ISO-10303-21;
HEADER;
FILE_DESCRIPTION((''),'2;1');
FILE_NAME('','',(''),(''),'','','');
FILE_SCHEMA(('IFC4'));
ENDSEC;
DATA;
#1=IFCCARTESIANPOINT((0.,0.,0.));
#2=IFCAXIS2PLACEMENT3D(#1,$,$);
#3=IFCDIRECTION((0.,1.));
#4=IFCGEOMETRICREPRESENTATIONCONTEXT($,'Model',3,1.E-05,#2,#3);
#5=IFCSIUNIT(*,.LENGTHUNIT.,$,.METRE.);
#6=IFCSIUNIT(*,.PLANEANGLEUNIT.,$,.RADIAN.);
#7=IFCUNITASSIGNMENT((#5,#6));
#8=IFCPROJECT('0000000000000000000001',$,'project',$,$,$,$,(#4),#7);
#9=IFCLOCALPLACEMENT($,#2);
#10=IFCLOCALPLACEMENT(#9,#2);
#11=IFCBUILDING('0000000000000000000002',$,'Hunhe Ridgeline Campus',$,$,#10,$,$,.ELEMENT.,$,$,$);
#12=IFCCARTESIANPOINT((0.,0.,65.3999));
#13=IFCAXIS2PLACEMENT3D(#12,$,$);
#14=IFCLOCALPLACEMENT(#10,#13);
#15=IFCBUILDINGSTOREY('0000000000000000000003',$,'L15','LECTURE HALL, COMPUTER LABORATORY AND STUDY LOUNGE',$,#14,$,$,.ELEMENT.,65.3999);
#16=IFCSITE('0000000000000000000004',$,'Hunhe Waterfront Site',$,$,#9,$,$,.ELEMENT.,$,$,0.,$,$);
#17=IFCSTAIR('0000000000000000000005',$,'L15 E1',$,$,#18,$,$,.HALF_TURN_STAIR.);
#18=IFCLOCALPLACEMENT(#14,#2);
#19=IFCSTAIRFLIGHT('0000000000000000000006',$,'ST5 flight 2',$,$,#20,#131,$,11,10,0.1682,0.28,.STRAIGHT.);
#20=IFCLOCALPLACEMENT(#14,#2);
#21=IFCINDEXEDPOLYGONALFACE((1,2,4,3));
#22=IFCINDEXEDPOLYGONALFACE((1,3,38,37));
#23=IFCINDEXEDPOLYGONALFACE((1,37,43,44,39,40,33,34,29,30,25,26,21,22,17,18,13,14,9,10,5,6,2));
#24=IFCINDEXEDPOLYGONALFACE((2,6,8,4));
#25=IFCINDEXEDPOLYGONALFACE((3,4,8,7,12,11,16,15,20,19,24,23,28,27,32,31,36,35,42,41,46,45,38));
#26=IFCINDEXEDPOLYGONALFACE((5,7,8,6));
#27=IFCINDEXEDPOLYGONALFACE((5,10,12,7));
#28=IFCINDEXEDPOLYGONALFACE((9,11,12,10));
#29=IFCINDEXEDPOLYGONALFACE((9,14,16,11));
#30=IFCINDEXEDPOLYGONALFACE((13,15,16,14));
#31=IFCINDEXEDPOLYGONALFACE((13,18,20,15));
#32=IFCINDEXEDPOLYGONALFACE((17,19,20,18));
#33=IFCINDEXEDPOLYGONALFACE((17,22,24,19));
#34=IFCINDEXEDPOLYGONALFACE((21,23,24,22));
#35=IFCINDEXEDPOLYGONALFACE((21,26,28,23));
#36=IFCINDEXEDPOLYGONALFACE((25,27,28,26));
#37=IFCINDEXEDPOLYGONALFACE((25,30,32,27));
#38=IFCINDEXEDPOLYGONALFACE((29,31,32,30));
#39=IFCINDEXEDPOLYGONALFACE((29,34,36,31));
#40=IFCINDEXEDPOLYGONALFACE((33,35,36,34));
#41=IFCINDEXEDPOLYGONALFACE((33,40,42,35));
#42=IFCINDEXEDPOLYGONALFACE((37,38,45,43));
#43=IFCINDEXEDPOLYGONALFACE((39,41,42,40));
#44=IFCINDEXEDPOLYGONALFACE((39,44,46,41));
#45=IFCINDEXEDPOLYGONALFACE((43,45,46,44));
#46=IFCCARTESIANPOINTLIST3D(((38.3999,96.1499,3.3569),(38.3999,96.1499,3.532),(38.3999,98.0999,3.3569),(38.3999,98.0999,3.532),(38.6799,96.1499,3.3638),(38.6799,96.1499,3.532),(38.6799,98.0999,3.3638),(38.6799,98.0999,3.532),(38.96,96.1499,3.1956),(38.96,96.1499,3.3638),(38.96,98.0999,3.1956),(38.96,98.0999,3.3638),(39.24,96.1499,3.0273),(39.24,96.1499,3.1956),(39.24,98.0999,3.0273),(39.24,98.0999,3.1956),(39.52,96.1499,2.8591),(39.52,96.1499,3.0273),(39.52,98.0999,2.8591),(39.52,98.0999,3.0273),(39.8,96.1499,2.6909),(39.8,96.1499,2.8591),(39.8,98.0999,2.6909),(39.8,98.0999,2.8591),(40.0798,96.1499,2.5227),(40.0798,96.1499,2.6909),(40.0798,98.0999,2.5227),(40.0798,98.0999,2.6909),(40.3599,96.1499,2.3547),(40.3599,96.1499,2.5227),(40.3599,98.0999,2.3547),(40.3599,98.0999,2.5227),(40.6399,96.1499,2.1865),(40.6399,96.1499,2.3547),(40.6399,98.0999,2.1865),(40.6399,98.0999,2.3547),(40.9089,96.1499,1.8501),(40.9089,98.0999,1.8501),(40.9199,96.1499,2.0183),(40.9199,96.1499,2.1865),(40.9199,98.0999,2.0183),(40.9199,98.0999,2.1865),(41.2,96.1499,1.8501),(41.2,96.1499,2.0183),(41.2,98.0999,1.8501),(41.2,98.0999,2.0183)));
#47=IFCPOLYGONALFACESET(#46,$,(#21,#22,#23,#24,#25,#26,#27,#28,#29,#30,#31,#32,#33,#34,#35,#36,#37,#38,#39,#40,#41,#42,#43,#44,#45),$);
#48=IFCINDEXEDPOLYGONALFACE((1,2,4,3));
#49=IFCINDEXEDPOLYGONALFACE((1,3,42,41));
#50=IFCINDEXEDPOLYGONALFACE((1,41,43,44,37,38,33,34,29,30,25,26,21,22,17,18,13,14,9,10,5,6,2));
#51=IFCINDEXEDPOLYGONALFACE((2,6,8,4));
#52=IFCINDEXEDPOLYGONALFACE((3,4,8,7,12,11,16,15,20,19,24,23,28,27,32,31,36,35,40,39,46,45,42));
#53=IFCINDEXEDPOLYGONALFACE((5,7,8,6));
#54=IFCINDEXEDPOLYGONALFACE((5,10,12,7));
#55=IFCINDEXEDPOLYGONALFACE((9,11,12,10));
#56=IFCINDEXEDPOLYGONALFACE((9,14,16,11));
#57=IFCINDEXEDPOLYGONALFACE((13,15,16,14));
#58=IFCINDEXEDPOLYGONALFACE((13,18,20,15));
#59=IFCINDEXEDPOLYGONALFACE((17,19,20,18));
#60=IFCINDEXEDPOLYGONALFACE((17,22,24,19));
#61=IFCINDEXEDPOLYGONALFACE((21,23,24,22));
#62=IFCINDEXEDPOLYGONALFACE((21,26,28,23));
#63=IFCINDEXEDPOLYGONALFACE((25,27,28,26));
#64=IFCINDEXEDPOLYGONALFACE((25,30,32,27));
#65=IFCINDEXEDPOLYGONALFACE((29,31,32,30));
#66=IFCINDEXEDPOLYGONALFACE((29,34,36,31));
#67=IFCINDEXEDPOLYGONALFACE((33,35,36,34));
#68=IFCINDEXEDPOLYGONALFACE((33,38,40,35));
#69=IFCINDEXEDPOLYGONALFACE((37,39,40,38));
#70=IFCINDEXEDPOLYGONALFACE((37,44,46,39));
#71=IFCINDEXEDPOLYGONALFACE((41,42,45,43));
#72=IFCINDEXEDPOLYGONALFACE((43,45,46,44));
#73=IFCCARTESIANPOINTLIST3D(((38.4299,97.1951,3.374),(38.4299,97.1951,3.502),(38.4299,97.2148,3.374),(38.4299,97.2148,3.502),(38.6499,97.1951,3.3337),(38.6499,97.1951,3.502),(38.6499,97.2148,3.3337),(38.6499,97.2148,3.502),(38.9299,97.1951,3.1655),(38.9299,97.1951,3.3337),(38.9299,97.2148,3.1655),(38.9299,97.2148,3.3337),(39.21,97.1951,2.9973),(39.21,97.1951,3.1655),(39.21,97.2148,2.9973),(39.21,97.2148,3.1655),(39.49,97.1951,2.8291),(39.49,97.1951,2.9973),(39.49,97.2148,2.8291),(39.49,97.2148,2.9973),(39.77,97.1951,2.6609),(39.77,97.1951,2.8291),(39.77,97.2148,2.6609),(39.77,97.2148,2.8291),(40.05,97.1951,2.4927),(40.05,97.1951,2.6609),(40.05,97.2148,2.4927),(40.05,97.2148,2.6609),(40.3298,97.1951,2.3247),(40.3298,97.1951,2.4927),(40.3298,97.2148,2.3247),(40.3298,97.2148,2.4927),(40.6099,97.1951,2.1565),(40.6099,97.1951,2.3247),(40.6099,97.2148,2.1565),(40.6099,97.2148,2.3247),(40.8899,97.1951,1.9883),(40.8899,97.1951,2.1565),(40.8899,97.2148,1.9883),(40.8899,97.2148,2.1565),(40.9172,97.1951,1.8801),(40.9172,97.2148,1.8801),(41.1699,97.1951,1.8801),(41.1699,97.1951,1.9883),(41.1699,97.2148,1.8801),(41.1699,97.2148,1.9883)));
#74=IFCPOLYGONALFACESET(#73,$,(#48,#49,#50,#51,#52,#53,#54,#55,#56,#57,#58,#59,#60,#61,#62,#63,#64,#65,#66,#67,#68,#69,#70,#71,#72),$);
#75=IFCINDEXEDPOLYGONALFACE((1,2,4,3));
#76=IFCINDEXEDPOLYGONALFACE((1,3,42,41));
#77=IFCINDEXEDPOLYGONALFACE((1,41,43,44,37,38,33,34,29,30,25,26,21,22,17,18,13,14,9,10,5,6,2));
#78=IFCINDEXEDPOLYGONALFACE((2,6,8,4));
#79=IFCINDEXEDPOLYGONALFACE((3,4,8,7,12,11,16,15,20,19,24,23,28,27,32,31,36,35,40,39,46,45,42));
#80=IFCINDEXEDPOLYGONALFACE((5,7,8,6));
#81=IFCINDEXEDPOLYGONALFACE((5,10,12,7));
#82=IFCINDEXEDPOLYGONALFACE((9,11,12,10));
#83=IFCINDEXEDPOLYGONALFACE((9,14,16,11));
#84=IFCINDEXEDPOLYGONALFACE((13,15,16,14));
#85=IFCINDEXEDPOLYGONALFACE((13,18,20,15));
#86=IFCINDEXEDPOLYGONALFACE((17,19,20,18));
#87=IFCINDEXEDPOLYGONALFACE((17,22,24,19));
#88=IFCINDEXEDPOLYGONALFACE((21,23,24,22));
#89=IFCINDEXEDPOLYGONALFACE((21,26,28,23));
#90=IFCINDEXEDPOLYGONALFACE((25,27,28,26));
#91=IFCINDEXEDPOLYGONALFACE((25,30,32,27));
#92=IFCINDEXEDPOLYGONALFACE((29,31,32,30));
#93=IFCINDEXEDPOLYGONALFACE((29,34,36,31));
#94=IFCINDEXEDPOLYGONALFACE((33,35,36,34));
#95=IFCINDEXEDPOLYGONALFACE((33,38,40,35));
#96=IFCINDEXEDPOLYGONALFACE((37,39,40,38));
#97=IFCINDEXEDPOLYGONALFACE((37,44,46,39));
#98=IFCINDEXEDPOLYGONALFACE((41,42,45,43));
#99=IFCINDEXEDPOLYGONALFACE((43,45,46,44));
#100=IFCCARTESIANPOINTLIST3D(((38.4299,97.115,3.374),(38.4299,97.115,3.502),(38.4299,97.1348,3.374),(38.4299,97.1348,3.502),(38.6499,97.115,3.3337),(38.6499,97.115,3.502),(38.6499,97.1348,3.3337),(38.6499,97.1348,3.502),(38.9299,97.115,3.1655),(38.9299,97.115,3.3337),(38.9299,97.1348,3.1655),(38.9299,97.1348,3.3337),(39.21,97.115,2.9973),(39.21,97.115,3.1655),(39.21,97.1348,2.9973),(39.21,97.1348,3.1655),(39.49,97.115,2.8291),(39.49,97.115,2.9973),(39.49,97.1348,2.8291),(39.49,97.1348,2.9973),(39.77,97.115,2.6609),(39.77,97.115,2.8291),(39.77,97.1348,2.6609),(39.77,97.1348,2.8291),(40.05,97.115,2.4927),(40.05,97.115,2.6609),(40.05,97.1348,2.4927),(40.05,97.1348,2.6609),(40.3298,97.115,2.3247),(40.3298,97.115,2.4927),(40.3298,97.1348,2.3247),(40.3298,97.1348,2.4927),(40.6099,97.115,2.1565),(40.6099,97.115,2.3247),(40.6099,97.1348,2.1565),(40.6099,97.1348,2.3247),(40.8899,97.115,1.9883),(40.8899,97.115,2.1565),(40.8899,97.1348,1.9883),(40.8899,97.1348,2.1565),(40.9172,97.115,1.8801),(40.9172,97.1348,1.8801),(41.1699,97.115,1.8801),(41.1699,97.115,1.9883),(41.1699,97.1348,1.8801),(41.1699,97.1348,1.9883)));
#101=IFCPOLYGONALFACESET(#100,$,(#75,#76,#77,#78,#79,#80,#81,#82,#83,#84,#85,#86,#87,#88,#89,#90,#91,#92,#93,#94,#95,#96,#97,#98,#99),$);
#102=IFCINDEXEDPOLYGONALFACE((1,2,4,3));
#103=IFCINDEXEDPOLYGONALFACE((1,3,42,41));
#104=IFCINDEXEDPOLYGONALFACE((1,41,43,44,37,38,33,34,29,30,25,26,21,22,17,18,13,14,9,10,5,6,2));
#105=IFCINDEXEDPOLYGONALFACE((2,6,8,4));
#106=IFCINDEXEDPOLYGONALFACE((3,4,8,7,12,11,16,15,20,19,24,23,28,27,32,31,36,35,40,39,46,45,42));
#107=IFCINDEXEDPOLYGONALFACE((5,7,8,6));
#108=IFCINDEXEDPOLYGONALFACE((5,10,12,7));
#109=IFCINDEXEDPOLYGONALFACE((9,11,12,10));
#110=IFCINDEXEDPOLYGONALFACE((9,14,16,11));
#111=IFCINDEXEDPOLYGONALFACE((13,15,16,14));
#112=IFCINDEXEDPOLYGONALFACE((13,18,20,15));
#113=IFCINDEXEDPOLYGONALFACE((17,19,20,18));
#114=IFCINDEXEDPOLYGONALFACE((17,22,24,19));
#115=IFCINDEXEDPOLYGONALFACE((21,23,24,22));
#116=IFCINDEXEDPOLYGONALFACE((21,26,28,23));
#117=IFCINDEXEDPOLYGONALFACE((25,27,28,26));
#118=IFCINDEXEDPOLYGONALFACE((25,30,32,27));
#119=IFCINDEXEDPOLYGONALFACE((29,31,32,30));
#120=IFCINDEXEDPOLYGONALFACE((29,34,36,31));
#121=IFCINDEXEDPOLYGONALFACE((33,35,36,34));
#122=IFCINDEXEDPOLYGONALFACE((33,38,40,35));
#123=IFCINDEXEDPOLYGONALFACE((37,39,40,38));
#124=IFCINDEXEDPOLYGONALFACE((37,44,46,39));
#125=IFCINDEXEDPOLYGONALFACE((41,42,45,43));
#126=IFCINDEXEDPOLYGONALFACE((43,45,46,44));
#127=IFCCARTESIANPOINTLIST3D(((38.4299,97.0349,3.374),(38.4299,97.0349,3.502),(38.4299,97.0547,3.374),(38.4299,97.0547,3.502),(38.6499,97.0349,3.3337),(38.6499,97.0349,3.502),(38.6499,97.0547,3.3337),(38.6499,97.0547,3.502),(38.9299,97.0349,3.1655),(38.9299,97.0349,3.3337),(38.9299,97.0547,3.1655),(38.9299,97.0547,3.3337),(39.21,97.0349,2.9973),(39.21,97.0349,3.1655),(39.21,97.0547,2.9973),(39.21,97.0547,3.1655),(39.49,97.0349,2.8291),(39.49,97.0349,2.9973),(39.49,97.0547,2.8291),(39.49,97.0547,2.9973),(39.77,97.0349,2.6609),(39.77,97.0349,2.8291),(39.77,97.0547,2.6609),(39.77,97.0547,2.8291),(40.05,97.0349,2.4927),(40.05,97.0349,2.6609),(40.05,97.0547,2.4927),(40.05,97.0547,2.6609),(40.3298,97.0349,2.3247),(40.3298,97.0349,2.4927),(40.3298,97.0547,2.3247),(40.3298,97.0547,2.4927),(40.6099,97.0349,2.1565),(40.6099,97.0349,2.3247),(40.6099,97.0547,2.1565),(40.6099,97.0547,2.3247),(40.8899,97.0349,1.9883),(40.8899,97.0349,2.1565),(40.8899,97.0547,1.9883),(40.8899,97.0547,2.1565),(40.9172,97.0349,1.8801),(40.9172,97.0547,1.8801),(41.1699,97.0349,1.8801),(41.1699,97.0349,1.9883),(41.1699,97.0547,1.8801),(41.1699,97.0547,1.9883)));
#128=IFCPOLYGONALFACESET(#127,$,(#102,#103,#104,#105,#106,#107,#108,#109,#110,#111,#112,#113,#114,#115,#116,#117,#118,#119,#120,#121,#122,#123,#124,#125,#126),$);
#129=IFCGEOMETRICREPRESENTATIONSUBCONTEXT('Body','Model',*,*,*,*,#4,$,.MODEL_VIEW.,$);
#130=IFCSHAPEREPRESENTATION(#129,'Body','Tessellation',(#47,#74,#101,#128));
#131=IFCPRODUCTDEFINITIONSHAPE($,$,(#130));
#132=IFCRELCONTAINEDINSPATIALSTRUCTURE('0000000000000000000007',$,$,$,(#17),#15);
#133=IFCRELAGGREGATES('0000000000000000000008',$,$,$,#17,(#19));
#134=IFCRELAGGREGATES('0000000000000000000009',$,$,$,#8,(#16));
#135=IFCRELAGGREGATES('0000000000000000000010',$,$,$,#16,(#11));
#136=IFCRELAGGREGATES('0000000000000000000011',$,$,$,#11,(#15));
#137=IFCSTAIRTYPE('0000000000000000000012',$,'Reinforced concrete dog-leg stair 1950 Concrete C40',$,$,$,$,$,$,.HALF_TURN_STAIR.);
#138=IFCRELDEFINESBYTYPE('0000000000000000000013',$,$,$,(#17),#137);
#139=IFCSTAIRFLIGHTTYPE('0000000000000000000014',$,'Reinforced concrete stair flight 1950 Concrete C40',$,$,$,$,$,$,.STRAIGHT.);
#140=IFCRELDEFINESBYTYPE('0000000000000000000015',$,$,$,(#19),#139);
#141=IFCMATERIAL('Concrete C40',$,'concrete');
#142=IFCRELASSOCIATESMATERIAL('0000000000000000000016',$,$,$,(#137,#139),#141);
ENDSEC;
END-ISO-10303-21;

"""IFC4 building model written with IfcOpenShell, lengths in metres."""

from ifc_helpers import new_model, si_unit, direction, frame, origin, place, context, subcontext, project, spatial, polyline, outline, extrude, material, type_object, element, aggregate, save


model = new_model("IFC4")

# Units and contexts
model_context = context("Model", 3, precision=1e-05, world=origin(), true_north=direction((0.0, 1.0)))
body_context = subcontext(model_context, "Body", "Model", "MODEL_VIEW")
ifc_project = project(units=[si_unit("LENGTHUNIT", "METRE"), si_unit("PLANEANGLEUNIT", "RADIAN")], contexts=[model_context])

# Site, building, storey
site_placement = place(None, origin())
site = spatial("IfcSite", under=ifc_project, at=site_placement, Name="Hunhe Waterfront Site", CompositionType="ELEMENT", RefElevation=0.0)
building_placement = place(site_placement, origin())
building = spatial("IfcBuilding", under=site, at=building_placement, Name="Hunhe Ridgeline Campus", CompositionType="ELEMENT")
storey_placement = place(building_placement, frame((0.0, 0.0, 65.3999)))
storey = spatial("IfcBuildingStorey", under=building, at=storey_placement, Name="L15", Description="LECTURE HALL, COMPUTER LABORATORY AND STUDY LOUNGE", CompositionType="ELEMENT", Elevation=65.3999)

# Stair, stair flight
ifc_material_1 = material(Name="Concrete C40", Category="concrete")
stair_type = type_object("IfcStairType", Name="Reinforced concrete dog-leg stair 1950 Concrete C40", PredefinedType="HALF_TURN_STAIR", material=ifc_material_1)
stair_1_placement = place(storey_placement, origin())
stair_1 = element("IfcStair", 1, at=stair_1_placement, inside=storey, type_object=stair_type, Name="L15 E1", PredefinedType="HALF_TURN_STAIR")
stair_flight_type = type_object("IfcStairFlightType", Name="Reinforced concrete stair flight 1950 Concrete C40", PredefinedType="STRAIGHT", material=ifc_material_1)
stair_flight_1_placement = place(storey_placement, frame((41.2, 97.125, 1.8501), z_axis=(0.0, 0.0, 1.0), x_axis=(-1.0, 0.0, 0.0)))
stair_flight_1 = element("IfcStairFlight", 2, at=stair_flight_1_placement, type_object=stair_flight_type, Name="ST5 flight 2", NumberOfRisers=11, NumberOfTreads=10, PredefinedType="STRAIGHT", RiserHeight=0.1682, TreadLength=0.28, context=body_context, shape_type="SweptSolid", body=[
    extrude(outline(polyline([(0.0, 0.0), (0.0, 0.1682), (0.28, 0.1682), (0.28, 0.3364), (0.5601, 0.3364), (0.5601, 0.5046), (0.8401, 0.5046), (0.8401, 0.6726), (1.1201, 0.6726), (1.1201, 0.8408), (1.3999, 0.8408), (1.3999, 1.009), (1.6799, 1.009), (1.6799, 1.1772), (1.96, 1.1772), (1.96, 1.3455), (2.24, 1.3455), (2.24, 1.5137), (2.52, 1.5137), (2.52, 1.6819), (2.8, 1.6819), (2.8, 1.8501), (2.8, 1.5068), (0.291, 0.0), (0.0, 0.0)])), frame((0.0, 0.9751, 0.0), z_axis=(0.0, -1.0, 0.0), x_axis=(1.0, 0.0, 0.0)), (0.0, 0.0, 1.0), 1.95),
    extrude(outline(polyline([(0.03, 0.03), (0.03, 0.1382), (0.3101, 0.1382), (0.3101, 0.3064), (0.5901, 0.3064), (0.5901, 0.4746), (0.8701, 0.4746), (0.8701, 0.6426), (1.1499, 0.6426), (1.1499, 0.8108), (1.4299, 0.8108), (1.4299, 0.979), (1.71, 0.979), (1.71, 1.1472), (1.99, 1.1472), (1.99, 1.3154), (2.27, 1.3154), (2.27, 1.4836), (2.55, 1.4836), (2.55, 1.6519), (2.77, 1.6519), (2.77, 1.5239), (0.2827, 0.03), (0.03, 0.03)])), frame((0.0, -0.0701, 0.0), z_axis=(0.0, -1.0, 0.0), x_axis=(1.0, 0.0, 0.0)), (0.0, 0.0, 1.0), 0.0198),
    extrude(outline(polyline([(0.03, 0.03), (0.03, 0.1382), (0.3101, 0.1382), (0.3101, 0.3064), (0.5901, 0.3064), (0.5901, 0.4746), (0.8701, 0.4746), (0.8701, 0.6426), (1.1499, 0.6426), (1.1499, 0.8108), (1.4299, 0.8108), (1.4299, 0.979), (1.71, 0.979), (1.71, 1.1472), (1.99, 1.1472), (1.99, 1.3154), (2.27, 1.3154), (2.27, 1.4836), (2.55, 1.4836), (2.55, 1.6519), (2.77, 1.6519), (2.77, 1.5239), (0.2827, 0.03), (0.03, 0.03)])), frame((0.0, 0.01, 0.0), z_axis=(0.0, -1.0, 0.0), x_axis=(1.0, 0.0, 0.0)), (0.0, 0.0, 1.0), 0.0198),
    extrude(outline(polyline([(0.03, 0.03), (0.03, 0.1382), (0.3101, 0.1382), (0.3101, 0.3064), (0.5901, 0.3064), (0.5901, 0.4746), (0.8701, 0.4746), (0.8701, 0.6426), (1.1499, 0.6426), (1.1499, 0.8108), (1.4299, 0.8108), (1.4299, 0.979), (1.71, 0.979), (1.71, 1.1472), (1.99, 1.1472), (1.99, 1.3154), (2.27, 1.3154), (2.27, 1.4836), (2.55, 1.4836), (2.55, 1.6519), (2.77, 1.6519), (2.77, 1.5239), (0.2827, 0.03), (0.03, 0.03)])), frame((0.0, 0.0901, 0.0), z_axis=(0.0, -1.0, 0.0), x_axis=(1.0, 0.0, 0.0)), (0.0, 0.0, 1.0), 0.0198),
])
aggregate(stair_1, [stair_flight_1])

save(model, "model.ifc")
